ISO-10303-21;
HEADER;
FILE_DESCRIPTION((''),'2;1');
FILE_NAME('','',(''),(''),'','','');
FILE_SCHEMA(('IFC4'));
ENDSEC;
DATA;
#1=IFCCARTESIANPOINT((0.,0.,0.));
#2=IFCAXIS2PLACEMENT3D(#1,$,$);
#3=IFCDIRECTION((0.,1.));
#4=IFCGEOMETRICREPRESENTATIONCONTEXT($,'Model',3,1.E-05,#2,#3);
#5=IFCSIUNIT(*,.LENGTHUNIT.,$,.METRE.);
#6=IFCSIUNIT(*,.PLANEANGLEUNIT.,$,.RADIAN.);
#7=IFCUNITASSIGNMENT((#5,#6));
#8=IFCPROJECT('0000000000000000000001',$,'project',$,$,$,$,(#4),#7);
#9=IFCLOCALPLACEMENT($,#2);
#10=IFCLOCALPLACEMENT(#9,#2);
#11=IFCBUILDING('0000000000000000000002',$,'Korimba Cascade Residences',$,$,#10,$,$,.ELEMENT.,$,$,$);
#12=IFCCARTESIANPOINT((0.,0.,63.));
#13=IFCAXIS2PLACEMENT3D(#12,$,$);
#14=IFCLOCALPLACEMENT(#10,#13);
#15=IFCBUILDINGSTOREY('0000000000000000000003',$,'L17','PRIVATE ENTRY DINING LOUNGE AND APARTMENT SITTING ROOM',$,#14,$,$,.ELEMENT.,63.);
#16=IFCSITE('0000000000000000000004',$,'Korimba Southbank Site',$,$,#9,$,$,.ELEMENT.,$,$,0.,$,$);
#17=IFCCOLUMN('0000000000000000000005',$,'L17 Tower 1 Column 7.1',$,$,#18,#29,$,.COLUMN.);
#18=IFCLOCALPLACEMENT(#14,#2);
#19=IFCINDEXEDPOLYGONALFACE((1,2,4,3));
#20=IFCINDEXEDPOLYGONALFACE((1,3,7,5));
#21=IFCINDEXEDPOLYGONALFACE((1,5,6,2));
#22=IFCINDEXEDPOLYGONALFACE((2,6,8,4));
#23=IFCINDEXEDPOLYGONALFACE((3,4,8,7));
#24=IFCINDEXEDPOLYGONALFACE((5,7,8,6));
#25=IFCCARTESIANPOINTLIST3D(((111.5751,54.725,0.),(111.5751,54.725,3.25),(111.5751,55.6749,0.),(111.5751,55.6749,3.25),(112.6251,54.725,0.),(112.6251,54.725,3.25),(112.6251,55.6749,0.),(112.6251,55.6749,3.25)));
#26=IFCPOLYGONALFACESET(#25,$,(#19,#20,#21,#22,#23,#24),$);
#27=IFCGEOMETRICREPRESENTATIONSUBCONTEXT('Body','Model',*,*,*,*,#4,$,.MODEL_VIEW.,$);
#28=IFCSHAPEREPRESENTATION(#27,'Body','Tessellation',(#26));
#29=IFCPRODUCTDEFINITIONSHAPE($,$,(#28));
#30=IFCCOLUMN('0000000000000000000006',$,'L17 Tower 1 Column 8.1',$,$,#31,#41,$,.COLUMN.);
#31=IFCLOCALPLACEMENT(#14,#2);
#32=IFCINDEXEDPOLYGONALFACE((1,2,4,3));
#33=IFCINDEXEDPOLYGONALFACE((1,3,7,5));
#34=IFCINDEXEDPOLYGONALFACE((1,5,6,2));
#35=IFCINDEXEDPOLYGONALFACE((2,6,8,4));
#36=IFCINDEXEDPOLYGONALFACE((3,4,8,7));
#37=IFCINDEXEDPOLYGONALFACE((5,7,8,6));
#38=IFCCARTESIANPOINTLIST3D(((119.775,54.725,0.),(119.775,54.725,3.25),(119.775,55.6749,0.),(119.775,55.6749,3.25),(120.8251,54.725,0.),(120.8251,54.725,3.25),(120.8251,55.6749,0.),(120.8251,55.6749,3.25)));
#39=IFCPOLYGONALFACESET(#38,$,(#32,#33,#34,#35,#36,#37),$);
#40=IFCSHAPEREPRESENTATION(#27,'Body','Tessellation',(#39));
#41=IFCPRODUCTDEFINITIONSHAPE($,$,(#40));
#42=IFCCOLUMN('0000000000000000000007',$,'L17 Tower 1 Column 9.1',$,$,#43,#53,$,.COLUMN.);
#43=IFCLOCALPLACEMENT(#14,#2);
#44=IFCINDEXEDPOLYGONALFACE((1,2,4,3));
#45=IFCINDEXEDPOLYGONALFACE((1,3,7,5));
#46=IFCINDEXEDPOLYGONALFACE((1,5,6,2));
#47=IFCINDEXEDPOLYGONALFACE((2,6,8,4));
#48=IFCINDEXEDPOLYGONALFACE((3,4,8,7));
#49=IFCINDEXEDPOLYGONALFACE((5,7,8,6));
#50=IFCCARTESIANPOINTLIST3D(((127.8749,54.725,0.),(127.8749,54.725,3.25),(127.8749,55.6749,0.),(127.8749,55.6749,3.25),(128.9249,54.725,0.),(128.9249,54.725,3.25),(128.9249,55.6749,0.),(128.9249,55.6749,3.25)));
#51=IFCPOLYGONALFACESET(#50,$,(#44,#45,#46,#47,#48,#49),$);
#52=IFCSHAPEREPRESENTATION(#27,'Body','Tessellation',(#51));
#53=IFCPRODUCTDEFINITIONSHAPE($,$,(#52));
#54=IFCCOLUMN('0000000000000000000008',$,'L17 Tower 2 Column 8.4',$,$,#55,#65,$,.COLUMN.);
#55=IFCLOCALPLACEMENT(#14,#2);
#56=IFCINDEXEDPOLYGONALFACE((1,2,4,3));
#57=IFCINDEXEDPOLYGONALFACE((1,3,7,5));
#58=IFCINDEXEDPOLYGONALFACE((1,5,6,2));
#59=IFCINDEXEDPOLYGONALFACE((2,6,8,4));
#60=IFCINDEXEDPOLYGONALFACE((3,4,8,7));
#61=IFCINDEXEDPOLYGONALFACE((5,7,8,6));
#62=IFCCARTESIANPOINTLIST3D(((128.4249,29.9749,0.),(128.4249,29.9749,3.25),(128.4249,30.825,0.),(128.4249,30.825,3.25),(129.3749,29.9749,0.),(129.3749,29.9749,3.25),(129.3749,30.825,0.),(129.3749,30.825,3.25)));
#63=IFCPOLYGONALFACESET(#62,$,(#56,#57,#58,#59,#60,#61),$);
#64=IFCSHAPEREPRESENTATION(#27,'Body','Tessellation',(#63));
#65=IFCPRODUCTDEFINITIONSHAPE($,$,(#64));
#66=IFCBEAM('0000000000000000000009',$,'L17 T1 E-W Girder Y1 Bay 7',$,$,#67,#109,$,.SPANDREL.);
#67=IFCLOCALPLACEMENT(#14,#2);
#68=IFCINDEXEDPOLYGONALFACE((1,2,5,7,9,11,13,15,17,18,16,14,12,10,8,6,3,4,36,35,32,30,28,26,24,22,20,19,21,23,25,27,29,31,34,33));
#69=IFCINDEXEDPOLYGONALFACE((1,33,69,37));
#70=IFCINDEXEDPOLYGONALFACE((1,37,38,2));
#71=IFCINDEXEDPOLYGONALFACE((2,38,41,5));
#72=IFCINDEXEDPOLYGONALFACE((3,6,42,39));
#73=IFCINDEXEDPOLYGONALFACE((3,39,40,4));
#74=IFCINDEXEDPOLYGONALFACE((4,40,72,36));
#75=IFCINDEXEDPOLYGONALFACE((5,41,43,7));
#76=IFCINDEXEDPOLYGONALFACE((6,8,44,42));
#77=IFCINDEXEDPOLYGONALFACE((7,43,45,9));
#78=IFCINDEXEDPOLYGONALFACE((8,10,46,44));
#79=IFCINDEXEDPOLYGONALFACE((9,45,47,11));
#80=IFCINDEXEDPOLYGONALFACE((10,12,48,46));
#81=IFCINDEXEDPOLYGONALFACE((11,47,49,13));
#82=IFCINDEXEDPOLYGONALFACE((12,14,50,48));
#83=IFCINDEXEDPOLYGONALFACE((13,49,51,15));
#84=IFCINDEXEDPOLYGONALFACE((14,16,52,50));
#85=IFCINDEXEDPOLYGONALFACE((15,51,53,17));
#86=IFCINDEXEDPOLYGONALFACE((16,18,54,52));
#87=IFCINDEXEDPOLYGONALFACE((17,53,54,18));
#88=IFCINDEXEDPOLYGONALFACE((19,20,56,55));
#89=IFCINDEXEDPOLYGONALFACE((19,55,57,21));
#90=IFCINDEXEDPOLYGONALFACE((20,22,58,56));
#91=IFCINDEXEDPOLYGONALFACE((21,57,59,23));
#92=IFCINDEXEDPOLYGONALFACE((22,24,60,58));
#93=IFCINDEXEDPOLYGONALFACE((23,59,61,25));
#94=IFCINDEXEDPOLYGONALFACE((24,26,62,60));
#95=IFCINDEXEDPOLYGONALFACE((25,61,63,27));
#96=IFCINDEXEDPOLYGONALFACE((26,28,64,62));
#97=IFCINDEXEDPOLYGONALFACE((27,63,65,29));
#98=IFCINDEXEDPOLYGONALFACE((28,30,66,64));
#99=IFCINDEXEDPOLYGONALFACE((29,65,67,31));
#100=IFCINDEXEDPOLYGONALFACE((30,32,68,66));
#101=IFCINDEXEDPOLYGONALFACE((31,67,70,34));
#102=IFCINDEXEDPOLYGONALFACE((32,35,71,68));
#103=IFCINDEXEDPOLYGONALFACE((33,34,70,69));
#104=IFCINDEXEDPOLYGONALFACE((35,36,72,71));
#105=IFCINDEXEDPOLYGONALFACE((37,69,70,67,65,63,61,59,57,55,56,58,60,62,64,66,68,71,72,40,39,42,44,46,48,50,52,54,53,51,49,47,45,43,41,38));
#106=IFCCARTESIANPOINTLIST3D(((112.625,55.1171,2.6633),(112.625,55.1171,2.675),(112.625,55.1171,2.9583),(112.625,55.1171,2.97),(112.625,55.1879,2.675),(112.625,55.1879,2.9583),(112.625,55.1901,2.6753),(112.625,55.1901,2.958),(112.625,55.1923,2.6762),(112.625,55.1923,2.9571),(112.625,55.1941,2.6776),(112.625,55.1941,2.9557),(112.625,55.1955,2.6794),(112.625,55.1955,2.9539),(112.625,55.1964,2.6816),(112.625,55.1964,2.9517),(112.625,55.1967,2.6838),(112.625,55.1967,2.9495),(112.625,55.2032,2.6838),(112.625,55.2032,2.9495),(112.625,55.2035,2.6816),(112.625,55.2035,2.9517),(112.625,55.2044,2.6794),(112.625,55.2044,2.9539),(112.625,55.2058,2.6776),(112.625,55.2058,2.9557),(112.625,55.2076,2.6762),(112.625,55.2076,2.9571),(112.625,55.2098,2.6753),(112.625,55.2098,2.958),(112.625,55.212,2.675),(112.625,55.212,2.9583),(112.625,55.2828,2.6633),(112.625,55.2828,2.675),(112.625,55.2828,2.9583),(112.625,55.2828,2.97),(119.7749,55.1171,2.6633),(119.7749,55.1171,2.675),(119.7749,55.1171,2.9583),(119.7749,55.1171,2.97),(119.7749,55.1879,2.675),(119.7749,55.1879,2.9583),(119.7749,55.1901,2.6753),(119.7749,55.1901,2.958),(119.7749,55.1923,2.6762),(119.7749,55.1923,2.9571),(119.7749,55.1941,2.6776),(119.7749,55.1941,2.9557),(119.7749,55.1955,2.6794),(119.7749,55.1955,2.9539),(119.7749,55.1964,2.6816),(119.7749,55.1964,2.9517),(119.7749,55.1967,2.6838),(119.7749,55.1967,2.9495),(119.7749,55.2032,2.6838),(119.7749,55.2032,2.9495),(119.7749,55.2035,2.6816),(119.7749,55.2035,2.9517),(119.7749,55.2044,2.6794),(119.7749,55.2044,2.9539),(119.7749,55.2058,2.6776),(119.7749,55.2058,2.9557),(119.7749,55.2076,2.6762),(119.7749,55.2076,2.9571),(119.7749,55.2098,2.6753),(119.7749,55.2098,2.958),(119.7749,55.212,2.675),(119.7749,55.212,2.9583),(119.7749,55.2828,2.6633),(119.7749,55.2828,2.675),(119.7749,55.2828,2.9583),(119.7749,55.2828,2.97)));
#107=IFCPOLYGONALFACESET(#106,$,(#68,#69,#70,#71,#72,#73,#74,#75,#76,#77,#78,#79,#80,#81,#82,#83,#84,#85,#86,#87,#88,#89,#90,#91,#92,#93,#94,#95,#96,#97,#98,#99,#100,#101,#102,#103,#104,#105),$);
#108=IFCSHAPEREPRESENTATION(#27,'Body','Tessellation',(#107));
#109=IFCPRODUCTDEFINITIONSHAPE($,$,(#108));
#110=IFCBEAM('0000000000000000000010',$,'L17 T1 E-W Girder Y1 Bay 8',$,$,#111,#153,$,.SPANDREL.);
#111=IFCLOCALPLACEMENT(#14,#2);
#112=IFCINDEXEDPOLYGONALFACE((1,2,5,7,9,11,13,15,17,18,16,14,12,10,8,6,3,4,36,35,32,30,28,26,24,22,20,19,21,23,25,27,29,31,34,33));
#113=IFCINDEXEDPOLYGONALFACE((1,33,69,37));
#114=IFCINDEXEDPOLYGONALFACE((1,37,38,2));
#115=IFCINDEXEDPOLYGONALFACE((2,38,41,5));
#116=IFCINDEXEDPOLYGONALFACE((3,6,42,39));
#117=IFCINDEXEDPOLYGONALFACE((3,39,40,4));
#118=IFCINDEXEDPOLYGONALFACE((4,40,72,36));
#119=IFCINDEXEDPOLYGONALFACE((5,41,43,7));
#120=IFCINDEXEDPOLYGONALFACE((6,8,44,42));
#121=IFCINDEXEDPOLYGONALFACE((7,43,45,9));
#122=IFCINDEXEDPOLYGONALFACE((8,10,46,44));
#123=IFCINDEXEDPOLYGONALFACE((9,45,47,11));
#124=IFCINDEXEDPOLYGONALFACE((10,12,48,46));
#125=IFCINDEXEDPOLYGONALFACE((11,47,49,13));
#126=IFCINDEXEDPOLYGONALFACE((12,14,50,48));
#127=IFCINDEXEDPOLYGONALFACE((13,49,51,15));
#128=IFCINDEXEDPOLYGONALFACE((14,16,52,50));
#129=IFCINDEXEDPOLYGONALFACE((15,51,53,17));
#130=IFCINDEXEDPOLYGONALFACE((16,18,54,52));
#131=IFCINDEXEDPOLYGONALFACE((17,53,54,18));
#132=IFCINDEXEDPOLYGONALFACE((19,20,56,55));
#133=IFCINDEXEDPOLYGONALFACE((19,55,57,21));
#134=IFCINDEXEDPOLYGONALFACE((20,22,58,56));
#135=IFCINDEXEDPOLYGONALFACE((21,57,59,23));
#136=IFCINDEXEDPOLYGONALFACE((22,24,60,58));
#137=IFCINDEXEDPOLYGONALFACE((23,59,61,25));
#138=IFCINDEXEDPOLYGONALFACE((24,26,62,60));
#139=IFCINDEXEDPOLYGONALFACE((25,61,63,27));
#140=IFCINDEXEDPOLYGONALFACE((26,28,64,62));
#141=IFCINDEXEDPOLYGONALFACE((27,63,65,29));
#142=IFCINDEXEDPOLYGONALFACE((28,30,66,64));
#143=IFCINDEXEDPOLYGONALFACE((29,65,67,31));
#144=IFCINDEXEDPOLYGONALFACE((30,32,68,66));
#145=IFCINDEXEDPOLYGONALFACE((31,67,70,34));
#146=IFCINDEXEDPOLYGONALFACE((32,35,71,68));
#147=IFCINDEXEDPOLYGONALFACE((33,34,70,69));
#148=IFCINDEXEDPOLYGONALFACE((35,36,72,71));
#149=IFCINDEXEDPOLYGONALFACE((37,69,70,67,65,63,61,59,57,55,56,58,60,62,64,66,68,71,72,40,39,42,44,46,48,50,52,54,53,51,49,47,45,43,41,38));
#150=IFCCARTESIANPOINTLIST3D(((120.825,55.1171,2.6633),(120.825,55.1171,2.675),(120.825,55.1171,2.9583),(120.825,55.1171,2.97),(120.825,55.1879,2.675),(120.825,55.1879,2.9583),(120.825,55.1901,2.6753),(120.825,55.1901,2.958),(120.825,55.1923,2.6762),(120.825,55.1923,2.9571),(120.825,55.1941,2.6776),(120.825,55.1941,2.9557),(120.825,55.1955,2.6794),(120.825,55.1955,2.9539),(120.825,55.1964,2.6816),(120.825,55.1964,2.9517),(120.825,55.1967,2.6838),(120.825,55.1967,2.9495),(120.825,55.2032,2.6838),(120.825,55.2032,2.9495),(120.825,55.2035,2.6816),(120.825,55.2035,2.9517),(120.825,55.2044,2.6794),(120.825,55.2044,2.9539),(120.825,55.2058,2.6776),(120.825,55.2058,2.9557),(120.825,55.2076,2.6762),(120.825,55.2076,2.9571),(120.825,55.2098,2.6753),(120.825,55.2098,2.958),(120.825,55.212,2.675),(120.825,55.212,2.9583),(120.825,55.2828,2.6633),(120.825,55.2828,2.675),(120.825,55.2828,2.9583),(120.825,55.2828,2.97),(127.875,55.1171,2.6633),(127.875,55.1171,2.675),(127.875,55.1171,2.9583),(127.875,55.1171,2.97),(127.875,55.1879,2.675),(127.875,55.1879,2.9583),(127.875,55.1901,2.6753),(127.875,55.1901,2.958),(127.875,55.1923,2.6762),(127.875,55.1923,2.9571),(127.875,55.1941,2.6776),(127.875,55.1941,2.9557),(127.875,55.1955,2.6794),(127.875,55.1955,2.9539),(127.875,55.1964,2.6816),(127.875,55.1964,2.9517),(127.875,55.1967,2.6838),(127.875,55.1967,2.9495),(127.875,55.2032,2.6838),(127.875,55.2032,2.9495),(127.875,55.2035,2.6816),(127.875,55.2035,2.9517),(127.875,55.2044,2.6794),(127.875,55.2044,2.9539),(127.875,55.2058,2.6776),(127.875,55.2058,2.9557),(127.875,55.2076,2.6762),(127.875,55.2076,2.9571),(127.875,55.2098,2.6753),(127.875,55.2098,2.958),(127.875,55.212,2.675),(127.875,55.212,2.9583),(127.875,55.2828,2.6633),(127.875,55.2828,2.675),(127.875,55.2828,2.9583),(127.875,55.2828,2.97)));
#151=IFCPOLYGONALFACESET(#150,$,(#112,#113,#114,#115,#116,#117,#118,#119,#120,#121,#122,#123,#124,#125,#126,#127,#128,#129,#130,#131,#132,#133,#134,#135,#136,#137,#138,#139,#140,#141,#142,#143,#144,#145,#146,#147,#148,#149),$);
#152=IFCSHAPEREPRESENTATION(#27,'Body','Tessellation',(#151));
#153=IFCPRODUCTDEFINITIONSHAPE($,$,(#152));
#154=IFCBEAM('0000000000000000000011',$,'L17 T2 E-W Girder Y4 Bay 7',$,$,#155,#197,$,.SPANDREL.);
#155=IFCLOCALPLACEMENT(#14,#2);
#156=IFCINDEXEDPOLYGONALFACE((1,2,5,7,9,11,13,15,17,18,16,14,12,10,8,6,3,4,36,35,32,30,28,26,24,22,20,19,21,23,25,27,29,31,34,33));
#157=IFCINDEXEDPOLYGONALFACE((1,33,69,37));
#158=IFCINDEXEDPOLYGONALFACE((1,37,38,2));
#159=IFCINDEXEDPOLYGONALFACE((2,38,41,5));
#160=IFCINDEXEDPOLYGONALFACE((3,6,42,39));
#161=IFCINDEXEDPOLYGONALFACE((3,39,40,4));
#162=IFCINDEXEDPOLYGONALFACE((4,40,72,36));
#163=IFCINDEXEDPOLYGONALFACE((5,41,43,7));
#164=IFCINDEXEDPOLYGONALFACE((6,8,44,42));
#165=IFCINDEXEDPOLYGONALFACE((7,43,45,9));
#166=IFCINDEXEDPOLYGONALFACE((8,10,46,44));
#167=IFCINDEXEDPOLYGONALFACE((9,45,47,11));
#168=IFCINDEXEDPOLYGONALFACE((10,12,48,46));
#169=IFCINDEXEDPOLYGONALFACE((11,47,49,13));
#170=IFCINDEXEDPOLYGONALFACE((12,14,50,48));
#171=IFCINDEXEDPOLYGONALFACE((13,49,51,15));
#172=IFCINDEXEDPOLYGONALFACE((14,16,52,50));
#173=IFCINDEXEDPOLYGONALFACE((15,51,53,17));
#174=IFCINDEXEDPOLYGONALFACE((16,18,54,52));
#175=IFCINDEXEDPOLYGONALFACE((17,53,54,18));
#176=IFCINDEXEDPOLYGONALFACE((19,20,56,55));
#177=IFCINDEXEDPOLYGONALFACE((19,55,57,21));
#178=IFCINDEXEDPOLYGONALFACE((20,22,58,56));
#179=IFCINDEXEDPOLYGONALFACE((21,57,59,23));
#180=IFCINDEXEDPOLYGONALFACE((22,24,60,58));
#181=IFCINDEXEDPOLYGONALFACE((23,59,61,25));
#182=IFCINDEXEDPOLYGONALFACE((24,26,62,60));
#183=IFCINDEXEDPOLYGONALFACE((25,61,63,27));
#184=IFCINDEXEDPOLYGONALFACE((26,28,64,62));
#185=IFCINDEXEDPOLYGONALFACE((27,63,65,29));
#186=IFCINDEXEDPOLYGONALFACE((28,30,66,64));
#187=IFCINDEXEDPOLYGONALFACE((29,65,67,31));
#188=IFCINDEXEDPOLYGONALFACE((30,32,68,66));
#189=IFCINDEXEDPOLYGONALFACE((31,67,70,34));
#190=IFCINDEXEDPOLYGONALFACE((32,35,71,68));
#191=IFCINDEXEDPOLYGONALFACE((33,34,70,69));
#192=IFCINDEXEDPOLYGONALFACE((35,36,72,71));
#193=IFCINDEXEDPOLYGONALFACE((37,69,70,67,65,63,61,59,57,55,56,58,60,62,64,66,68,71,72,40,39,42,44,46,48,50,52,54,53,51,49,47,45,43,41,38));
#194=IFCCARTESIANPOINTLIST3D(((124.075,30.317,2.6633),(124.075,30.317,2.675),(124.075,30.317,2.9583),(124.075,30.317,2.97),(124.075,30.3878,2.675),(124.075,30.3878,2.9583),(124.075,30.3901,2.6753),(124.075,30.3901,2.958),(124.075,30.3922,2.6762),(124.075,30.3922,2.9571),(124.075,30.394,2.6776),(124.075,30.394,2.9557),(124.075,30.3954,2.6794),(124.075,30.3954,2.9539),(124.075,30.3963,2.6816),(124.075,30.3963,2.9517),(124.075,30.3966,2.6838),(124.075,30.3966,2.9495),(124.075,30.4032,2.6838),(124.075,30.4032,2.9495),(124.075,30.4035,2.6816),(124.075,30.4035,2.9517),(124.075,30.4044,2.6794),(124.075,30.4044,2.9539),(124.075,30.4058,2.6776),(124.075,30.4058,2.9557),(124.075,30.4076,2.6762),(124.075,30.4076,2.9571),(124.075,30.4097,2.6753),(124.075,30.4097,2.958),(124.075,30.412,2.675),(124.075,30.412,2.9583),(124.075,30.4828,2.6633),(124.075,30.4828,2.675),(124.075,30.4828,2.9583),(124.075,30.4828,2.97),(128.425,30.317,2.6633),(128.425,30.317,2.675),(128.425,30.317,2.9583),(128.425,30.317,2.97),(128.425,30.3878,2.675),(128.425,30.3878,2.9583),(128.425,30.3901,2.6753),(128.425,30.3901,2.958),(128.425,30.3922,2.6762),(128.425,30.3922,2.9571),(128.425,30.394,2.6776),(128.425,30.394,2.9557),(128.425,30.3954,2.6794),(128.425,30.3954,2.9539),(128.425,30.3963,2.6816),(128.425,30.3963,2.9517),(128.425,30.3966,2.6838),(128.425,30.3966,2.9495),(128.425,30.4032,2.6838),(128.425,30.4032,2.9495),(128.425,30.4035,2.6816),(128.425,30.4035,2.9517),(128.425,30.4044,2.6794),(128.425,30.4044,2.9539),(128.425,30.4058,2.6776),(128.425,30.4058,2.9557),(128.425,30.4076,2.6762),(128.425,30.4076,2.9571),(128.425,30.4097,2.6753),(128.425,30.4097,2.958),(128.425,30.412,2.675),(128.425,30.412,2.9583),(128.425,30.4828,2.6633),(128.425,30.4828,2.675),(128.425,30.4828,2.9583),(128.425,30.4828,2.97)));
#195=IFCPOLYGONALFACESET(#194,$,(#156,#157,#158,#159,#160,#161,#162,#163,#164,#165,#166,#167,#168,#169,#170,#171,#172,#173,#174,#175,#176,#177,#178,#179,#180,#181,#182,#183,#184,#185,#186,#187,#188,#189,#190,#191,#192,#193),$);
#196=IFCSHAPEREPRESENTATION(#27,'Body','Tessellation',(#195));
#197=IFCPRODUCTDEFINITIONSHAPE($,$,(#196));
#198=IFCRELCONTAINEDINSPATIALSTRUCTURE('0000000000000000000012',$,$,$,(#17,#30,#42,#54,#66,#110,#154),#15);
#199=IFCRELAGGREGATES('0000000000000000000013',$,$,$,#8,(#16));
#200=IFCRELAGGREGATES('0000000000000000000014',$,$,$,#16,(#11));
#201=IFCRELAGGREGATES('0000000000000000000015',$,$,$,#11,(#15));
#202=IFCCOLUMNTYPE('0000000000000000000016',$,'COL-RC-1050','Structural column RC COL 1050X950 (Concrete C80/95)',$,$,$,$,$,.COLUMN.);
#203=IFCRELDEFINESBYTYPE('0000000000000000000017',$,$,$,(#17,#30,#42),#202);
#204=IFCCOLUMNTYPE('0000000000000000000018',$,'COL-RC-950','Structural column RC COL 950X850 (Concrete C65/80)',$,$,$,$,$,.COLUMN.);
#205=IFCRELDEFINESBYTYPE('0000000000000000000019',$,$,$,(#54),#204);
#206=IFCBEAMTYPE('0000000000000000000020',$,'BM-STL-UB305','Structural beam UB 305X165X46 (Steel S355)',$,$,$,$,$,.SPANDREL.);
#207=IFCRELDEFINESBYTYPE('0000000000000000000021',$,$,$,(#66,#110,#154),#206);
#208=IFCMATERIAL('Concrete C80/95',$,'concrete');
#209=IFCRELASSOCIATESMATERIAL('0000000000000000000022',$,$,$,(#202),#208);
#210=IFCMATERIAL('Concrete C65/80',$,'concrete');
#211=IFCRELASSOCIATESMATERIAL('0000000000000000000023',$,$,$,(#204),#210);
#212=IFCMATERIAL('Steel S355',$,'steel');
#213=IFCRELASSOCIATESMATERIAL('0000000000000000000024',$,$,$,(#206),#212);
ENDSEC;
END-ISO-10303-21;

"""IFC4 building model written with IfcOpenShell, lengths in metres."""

from ifc_helpers import new_model, si_unit, direction, frame, origin, origin_2d, place, context, subcontext, project, spatial, rectangle, i_section, extrude, material, material_profile, profile_set, type_object, element, save


model = new_model("IFC4")

# Units and contexts
model_context = context("Model", 3, precision=1e-05, world=origin(), true_north=direction((0.0, 1.0)))
body_context = subcontext(model_context, "Body", "Model", "MODEL_VIEW")
ifc_project = project(units=[si_unit("LENGTHUNIT", "METRE"), si_unit("PLANEANGLEUNIT", "RADIAN")], contexts=[model_context])

# Site, building, storey
site_placement = place(None, origin())
site = spatial("IfcSite", under=ifc_project, at=site_placement, Name="Korimba Southbank Site", CompositionType="ELEMENT", RefElevation=0.0)
building_placement = place(site_placement, origin())
building = spatial("IfcBuilding", under=site, at=building_placement, Name="Korimba Cascade Residences", CompositionType="ELEMENT")
storey_placement = place(building_placement, frame((0.0, 0.0, 63.0)))
storey = spatial("IfcBuildingStorey", under=building, at=storey_placement, Name="L17", Description="PRIVATE ENTRY DINING LOUNGE AND APARTMENT SITTING ROOM", CompositionType="ELEMENT", Elevation=63.0)

# Columns
ifc_material_1 = material(Name="Concrete C80/95", Category="concrete")
ifc_material_profile_1 = material_profile(ifc_material_1, rectangle(XDim=1.05, YDim=0.95, at=origin_2d()), Name="Concrete C80/95")
ifc_profile_set_1 = profile_set([ifc_material_profile_1], Name="Concrete C80/95")
column_type_1 = type_object("IfcColumnType", Name="COL-RC-1050", Description="Structural column RC COL 1050X950 (Concrete C80/95)", PredefinedType="COLUMN", material=ifc_profile_set_1)
for number, where, z_axis, x_axis, name in (
    (1, (112.1001, 55.2, 0.0), (0.0, 0.0, 1.0), (1.0, 0.0, 0.0), "L17 Tower 1 Column 7.1"),
    (2, (120.3, 55.2, 0.0), (0.0, 0.0, 1.0), (1.0, 0.0, 0.0), "L17 Tower 1 Column 8.1"),
    (3, (128.3999, 55.2, 0.0), (0.0, 0.0, 1.0), (1.0, 0.0, 0.0), "L17 Tower 1 Column 9.1"),
):
    element("IfcColumn", number, at=place(storey_placement, frame(where, z_axis=z_axis, x_axis=x_axis)), inside=storey, type_object=column_type_1, Name=name, PredefinedType="COLUMN", context=body_context, shape_type="SweptSolid", body=[
        extrude(rectangle(XDim=1.05, YDim=0.95, at=origin_2d()), origin(), (0.0, 0.0, 1.0), 3.25),
    ])
ifc_material_2 = material(Name="Concrete C65/80", Category="concrete")
ifc_material_profile_2 = material_profile(ifc_material_2, rectangle(XDim=0.95, YDim=0.8501, at=origin_2d()), Name="Concrete C65/80")
ifc_profile_set_2 = profile_set([ifc_material_profile_2], Name="Concrete C65/80")
column_type_2 = type_object("IfcColumnType", Name="COL-RC-950", Description="Structural column RC COL 950X850 (Concrete C65/80)", PredefinedType="COLUMN", material=ifc_profile_set_2)
column_placement = place(storey_placement, frame((128.8999, 30.3999, 0.0), z_axis=(0.0, 0.0, 1.0), x_axis=(1.0, 0.0, 0.0)))
element("IfcColumn", 4, at=column_placement, inside=storey, type_object=column_type_2, Name="L17 Tower 2 Column 8.4", PredefinedType="COLUMN", context=body_context, shape_type="SweptSolid", body=[
    extrude(rectangle(XDim=0.95, YDim=0.8501, at=origin_2d()), origin(), (0.0, 0.0, 1.0), 3.25),
])

# Beams
ifc_material_3 = material(Name="Steel S355", Category="steel")
ifc_material_profile_3 = material_profile(ifc_material_3, i_section(OverallWidth=0.1658, OverallDepth=0.3066, WebThickness=0.0066, FlangeThickness=0.0117, FilletRadius=0.0088, at=origin_2d()), Name="Steel S355")
ifc_profile_set_3 = profile_set([ifc_material_profile_3], Name="Steel S355")
beam_type = type_object("IfcBeamType", Name="BM-STL-UB305", Description="Structural beam UB 305X165X46 (Steel S355)", PredefinedType="SPANDREL", material=ifc_profile_set_3)
beam_1_placement = place(storey_placement, frame((112.625, 55.2, 2.8167), z_axis=(1.0, 0.0, 0.0), x_axis=(0.0, 1.0, 0.0)))
element("IfcBeam", 5, at=beam_1_placement, inside=storey, type_object=beam_type, Name="L17 T1 E-W Girder Y1 Bay 7", PredefinedType="SPANDREL", context=body_context, shape_type="SweptSolid", body=[
    extrude(i_section(OverallWidth=0.1658, OverallDepth=0.3066, WebThickness=0.0066, FlangeThickness=0.0117, FilletRadius=0.0088, at=origin_2d()), origin(), (0.0, 0.0, 1.0), 7.1499),
])
beam_2_placement = place(storey_placement, frame((120.825, 55.2, 2.8167), z_axis=(1.0, 0.0, 0.0), x_axis=(0.0, 1.0, 0.0)))
element("IfcBeam", 6, at=beam_2_placement, inside=storey, type_object=beam_type, Name="L17 T1 E-W Girder Y1 Bay 8", PredefinedType="SPANDREL", context=body_context, shape_type="SweptSolid", body=[
    extrude(i_section(OverallWidth=0.1658, OverallDepth=0.3066, WebThickness=0.0066, FlangeThickness=0.0117, FilletRadius=0.0088, at=origin_2d()), origin(), (0.0, 0.0, 1.0), 7.05),
])
beam_3_placement = place(storey_placement, frame((124.075, 30.3999, 2.8167), z_axis=(1.0, 0.0, 0.0), x_axis=(0.0, 1.0, 0.0)))
element("IfcBeam", 7, at=beam_3_placement, inside=storey, type_object=beam_type, Name="L17 T2 E-W Girder Y4 Bay 7", PredefinedType="SPANDREL", context=body_context, shape_type="SweptSolid", body=[
    extrude(i_section(OverallWidth=0.1658, OverallDepth=0.3066, WebThickness=0.0066, FlangeThickness=0.0117, FilletRadius=0.0088, at=origin_2d()), origin(), (0.0, 0.0, 1.0), 4.3501),
])

save(model, "model.ifc")
